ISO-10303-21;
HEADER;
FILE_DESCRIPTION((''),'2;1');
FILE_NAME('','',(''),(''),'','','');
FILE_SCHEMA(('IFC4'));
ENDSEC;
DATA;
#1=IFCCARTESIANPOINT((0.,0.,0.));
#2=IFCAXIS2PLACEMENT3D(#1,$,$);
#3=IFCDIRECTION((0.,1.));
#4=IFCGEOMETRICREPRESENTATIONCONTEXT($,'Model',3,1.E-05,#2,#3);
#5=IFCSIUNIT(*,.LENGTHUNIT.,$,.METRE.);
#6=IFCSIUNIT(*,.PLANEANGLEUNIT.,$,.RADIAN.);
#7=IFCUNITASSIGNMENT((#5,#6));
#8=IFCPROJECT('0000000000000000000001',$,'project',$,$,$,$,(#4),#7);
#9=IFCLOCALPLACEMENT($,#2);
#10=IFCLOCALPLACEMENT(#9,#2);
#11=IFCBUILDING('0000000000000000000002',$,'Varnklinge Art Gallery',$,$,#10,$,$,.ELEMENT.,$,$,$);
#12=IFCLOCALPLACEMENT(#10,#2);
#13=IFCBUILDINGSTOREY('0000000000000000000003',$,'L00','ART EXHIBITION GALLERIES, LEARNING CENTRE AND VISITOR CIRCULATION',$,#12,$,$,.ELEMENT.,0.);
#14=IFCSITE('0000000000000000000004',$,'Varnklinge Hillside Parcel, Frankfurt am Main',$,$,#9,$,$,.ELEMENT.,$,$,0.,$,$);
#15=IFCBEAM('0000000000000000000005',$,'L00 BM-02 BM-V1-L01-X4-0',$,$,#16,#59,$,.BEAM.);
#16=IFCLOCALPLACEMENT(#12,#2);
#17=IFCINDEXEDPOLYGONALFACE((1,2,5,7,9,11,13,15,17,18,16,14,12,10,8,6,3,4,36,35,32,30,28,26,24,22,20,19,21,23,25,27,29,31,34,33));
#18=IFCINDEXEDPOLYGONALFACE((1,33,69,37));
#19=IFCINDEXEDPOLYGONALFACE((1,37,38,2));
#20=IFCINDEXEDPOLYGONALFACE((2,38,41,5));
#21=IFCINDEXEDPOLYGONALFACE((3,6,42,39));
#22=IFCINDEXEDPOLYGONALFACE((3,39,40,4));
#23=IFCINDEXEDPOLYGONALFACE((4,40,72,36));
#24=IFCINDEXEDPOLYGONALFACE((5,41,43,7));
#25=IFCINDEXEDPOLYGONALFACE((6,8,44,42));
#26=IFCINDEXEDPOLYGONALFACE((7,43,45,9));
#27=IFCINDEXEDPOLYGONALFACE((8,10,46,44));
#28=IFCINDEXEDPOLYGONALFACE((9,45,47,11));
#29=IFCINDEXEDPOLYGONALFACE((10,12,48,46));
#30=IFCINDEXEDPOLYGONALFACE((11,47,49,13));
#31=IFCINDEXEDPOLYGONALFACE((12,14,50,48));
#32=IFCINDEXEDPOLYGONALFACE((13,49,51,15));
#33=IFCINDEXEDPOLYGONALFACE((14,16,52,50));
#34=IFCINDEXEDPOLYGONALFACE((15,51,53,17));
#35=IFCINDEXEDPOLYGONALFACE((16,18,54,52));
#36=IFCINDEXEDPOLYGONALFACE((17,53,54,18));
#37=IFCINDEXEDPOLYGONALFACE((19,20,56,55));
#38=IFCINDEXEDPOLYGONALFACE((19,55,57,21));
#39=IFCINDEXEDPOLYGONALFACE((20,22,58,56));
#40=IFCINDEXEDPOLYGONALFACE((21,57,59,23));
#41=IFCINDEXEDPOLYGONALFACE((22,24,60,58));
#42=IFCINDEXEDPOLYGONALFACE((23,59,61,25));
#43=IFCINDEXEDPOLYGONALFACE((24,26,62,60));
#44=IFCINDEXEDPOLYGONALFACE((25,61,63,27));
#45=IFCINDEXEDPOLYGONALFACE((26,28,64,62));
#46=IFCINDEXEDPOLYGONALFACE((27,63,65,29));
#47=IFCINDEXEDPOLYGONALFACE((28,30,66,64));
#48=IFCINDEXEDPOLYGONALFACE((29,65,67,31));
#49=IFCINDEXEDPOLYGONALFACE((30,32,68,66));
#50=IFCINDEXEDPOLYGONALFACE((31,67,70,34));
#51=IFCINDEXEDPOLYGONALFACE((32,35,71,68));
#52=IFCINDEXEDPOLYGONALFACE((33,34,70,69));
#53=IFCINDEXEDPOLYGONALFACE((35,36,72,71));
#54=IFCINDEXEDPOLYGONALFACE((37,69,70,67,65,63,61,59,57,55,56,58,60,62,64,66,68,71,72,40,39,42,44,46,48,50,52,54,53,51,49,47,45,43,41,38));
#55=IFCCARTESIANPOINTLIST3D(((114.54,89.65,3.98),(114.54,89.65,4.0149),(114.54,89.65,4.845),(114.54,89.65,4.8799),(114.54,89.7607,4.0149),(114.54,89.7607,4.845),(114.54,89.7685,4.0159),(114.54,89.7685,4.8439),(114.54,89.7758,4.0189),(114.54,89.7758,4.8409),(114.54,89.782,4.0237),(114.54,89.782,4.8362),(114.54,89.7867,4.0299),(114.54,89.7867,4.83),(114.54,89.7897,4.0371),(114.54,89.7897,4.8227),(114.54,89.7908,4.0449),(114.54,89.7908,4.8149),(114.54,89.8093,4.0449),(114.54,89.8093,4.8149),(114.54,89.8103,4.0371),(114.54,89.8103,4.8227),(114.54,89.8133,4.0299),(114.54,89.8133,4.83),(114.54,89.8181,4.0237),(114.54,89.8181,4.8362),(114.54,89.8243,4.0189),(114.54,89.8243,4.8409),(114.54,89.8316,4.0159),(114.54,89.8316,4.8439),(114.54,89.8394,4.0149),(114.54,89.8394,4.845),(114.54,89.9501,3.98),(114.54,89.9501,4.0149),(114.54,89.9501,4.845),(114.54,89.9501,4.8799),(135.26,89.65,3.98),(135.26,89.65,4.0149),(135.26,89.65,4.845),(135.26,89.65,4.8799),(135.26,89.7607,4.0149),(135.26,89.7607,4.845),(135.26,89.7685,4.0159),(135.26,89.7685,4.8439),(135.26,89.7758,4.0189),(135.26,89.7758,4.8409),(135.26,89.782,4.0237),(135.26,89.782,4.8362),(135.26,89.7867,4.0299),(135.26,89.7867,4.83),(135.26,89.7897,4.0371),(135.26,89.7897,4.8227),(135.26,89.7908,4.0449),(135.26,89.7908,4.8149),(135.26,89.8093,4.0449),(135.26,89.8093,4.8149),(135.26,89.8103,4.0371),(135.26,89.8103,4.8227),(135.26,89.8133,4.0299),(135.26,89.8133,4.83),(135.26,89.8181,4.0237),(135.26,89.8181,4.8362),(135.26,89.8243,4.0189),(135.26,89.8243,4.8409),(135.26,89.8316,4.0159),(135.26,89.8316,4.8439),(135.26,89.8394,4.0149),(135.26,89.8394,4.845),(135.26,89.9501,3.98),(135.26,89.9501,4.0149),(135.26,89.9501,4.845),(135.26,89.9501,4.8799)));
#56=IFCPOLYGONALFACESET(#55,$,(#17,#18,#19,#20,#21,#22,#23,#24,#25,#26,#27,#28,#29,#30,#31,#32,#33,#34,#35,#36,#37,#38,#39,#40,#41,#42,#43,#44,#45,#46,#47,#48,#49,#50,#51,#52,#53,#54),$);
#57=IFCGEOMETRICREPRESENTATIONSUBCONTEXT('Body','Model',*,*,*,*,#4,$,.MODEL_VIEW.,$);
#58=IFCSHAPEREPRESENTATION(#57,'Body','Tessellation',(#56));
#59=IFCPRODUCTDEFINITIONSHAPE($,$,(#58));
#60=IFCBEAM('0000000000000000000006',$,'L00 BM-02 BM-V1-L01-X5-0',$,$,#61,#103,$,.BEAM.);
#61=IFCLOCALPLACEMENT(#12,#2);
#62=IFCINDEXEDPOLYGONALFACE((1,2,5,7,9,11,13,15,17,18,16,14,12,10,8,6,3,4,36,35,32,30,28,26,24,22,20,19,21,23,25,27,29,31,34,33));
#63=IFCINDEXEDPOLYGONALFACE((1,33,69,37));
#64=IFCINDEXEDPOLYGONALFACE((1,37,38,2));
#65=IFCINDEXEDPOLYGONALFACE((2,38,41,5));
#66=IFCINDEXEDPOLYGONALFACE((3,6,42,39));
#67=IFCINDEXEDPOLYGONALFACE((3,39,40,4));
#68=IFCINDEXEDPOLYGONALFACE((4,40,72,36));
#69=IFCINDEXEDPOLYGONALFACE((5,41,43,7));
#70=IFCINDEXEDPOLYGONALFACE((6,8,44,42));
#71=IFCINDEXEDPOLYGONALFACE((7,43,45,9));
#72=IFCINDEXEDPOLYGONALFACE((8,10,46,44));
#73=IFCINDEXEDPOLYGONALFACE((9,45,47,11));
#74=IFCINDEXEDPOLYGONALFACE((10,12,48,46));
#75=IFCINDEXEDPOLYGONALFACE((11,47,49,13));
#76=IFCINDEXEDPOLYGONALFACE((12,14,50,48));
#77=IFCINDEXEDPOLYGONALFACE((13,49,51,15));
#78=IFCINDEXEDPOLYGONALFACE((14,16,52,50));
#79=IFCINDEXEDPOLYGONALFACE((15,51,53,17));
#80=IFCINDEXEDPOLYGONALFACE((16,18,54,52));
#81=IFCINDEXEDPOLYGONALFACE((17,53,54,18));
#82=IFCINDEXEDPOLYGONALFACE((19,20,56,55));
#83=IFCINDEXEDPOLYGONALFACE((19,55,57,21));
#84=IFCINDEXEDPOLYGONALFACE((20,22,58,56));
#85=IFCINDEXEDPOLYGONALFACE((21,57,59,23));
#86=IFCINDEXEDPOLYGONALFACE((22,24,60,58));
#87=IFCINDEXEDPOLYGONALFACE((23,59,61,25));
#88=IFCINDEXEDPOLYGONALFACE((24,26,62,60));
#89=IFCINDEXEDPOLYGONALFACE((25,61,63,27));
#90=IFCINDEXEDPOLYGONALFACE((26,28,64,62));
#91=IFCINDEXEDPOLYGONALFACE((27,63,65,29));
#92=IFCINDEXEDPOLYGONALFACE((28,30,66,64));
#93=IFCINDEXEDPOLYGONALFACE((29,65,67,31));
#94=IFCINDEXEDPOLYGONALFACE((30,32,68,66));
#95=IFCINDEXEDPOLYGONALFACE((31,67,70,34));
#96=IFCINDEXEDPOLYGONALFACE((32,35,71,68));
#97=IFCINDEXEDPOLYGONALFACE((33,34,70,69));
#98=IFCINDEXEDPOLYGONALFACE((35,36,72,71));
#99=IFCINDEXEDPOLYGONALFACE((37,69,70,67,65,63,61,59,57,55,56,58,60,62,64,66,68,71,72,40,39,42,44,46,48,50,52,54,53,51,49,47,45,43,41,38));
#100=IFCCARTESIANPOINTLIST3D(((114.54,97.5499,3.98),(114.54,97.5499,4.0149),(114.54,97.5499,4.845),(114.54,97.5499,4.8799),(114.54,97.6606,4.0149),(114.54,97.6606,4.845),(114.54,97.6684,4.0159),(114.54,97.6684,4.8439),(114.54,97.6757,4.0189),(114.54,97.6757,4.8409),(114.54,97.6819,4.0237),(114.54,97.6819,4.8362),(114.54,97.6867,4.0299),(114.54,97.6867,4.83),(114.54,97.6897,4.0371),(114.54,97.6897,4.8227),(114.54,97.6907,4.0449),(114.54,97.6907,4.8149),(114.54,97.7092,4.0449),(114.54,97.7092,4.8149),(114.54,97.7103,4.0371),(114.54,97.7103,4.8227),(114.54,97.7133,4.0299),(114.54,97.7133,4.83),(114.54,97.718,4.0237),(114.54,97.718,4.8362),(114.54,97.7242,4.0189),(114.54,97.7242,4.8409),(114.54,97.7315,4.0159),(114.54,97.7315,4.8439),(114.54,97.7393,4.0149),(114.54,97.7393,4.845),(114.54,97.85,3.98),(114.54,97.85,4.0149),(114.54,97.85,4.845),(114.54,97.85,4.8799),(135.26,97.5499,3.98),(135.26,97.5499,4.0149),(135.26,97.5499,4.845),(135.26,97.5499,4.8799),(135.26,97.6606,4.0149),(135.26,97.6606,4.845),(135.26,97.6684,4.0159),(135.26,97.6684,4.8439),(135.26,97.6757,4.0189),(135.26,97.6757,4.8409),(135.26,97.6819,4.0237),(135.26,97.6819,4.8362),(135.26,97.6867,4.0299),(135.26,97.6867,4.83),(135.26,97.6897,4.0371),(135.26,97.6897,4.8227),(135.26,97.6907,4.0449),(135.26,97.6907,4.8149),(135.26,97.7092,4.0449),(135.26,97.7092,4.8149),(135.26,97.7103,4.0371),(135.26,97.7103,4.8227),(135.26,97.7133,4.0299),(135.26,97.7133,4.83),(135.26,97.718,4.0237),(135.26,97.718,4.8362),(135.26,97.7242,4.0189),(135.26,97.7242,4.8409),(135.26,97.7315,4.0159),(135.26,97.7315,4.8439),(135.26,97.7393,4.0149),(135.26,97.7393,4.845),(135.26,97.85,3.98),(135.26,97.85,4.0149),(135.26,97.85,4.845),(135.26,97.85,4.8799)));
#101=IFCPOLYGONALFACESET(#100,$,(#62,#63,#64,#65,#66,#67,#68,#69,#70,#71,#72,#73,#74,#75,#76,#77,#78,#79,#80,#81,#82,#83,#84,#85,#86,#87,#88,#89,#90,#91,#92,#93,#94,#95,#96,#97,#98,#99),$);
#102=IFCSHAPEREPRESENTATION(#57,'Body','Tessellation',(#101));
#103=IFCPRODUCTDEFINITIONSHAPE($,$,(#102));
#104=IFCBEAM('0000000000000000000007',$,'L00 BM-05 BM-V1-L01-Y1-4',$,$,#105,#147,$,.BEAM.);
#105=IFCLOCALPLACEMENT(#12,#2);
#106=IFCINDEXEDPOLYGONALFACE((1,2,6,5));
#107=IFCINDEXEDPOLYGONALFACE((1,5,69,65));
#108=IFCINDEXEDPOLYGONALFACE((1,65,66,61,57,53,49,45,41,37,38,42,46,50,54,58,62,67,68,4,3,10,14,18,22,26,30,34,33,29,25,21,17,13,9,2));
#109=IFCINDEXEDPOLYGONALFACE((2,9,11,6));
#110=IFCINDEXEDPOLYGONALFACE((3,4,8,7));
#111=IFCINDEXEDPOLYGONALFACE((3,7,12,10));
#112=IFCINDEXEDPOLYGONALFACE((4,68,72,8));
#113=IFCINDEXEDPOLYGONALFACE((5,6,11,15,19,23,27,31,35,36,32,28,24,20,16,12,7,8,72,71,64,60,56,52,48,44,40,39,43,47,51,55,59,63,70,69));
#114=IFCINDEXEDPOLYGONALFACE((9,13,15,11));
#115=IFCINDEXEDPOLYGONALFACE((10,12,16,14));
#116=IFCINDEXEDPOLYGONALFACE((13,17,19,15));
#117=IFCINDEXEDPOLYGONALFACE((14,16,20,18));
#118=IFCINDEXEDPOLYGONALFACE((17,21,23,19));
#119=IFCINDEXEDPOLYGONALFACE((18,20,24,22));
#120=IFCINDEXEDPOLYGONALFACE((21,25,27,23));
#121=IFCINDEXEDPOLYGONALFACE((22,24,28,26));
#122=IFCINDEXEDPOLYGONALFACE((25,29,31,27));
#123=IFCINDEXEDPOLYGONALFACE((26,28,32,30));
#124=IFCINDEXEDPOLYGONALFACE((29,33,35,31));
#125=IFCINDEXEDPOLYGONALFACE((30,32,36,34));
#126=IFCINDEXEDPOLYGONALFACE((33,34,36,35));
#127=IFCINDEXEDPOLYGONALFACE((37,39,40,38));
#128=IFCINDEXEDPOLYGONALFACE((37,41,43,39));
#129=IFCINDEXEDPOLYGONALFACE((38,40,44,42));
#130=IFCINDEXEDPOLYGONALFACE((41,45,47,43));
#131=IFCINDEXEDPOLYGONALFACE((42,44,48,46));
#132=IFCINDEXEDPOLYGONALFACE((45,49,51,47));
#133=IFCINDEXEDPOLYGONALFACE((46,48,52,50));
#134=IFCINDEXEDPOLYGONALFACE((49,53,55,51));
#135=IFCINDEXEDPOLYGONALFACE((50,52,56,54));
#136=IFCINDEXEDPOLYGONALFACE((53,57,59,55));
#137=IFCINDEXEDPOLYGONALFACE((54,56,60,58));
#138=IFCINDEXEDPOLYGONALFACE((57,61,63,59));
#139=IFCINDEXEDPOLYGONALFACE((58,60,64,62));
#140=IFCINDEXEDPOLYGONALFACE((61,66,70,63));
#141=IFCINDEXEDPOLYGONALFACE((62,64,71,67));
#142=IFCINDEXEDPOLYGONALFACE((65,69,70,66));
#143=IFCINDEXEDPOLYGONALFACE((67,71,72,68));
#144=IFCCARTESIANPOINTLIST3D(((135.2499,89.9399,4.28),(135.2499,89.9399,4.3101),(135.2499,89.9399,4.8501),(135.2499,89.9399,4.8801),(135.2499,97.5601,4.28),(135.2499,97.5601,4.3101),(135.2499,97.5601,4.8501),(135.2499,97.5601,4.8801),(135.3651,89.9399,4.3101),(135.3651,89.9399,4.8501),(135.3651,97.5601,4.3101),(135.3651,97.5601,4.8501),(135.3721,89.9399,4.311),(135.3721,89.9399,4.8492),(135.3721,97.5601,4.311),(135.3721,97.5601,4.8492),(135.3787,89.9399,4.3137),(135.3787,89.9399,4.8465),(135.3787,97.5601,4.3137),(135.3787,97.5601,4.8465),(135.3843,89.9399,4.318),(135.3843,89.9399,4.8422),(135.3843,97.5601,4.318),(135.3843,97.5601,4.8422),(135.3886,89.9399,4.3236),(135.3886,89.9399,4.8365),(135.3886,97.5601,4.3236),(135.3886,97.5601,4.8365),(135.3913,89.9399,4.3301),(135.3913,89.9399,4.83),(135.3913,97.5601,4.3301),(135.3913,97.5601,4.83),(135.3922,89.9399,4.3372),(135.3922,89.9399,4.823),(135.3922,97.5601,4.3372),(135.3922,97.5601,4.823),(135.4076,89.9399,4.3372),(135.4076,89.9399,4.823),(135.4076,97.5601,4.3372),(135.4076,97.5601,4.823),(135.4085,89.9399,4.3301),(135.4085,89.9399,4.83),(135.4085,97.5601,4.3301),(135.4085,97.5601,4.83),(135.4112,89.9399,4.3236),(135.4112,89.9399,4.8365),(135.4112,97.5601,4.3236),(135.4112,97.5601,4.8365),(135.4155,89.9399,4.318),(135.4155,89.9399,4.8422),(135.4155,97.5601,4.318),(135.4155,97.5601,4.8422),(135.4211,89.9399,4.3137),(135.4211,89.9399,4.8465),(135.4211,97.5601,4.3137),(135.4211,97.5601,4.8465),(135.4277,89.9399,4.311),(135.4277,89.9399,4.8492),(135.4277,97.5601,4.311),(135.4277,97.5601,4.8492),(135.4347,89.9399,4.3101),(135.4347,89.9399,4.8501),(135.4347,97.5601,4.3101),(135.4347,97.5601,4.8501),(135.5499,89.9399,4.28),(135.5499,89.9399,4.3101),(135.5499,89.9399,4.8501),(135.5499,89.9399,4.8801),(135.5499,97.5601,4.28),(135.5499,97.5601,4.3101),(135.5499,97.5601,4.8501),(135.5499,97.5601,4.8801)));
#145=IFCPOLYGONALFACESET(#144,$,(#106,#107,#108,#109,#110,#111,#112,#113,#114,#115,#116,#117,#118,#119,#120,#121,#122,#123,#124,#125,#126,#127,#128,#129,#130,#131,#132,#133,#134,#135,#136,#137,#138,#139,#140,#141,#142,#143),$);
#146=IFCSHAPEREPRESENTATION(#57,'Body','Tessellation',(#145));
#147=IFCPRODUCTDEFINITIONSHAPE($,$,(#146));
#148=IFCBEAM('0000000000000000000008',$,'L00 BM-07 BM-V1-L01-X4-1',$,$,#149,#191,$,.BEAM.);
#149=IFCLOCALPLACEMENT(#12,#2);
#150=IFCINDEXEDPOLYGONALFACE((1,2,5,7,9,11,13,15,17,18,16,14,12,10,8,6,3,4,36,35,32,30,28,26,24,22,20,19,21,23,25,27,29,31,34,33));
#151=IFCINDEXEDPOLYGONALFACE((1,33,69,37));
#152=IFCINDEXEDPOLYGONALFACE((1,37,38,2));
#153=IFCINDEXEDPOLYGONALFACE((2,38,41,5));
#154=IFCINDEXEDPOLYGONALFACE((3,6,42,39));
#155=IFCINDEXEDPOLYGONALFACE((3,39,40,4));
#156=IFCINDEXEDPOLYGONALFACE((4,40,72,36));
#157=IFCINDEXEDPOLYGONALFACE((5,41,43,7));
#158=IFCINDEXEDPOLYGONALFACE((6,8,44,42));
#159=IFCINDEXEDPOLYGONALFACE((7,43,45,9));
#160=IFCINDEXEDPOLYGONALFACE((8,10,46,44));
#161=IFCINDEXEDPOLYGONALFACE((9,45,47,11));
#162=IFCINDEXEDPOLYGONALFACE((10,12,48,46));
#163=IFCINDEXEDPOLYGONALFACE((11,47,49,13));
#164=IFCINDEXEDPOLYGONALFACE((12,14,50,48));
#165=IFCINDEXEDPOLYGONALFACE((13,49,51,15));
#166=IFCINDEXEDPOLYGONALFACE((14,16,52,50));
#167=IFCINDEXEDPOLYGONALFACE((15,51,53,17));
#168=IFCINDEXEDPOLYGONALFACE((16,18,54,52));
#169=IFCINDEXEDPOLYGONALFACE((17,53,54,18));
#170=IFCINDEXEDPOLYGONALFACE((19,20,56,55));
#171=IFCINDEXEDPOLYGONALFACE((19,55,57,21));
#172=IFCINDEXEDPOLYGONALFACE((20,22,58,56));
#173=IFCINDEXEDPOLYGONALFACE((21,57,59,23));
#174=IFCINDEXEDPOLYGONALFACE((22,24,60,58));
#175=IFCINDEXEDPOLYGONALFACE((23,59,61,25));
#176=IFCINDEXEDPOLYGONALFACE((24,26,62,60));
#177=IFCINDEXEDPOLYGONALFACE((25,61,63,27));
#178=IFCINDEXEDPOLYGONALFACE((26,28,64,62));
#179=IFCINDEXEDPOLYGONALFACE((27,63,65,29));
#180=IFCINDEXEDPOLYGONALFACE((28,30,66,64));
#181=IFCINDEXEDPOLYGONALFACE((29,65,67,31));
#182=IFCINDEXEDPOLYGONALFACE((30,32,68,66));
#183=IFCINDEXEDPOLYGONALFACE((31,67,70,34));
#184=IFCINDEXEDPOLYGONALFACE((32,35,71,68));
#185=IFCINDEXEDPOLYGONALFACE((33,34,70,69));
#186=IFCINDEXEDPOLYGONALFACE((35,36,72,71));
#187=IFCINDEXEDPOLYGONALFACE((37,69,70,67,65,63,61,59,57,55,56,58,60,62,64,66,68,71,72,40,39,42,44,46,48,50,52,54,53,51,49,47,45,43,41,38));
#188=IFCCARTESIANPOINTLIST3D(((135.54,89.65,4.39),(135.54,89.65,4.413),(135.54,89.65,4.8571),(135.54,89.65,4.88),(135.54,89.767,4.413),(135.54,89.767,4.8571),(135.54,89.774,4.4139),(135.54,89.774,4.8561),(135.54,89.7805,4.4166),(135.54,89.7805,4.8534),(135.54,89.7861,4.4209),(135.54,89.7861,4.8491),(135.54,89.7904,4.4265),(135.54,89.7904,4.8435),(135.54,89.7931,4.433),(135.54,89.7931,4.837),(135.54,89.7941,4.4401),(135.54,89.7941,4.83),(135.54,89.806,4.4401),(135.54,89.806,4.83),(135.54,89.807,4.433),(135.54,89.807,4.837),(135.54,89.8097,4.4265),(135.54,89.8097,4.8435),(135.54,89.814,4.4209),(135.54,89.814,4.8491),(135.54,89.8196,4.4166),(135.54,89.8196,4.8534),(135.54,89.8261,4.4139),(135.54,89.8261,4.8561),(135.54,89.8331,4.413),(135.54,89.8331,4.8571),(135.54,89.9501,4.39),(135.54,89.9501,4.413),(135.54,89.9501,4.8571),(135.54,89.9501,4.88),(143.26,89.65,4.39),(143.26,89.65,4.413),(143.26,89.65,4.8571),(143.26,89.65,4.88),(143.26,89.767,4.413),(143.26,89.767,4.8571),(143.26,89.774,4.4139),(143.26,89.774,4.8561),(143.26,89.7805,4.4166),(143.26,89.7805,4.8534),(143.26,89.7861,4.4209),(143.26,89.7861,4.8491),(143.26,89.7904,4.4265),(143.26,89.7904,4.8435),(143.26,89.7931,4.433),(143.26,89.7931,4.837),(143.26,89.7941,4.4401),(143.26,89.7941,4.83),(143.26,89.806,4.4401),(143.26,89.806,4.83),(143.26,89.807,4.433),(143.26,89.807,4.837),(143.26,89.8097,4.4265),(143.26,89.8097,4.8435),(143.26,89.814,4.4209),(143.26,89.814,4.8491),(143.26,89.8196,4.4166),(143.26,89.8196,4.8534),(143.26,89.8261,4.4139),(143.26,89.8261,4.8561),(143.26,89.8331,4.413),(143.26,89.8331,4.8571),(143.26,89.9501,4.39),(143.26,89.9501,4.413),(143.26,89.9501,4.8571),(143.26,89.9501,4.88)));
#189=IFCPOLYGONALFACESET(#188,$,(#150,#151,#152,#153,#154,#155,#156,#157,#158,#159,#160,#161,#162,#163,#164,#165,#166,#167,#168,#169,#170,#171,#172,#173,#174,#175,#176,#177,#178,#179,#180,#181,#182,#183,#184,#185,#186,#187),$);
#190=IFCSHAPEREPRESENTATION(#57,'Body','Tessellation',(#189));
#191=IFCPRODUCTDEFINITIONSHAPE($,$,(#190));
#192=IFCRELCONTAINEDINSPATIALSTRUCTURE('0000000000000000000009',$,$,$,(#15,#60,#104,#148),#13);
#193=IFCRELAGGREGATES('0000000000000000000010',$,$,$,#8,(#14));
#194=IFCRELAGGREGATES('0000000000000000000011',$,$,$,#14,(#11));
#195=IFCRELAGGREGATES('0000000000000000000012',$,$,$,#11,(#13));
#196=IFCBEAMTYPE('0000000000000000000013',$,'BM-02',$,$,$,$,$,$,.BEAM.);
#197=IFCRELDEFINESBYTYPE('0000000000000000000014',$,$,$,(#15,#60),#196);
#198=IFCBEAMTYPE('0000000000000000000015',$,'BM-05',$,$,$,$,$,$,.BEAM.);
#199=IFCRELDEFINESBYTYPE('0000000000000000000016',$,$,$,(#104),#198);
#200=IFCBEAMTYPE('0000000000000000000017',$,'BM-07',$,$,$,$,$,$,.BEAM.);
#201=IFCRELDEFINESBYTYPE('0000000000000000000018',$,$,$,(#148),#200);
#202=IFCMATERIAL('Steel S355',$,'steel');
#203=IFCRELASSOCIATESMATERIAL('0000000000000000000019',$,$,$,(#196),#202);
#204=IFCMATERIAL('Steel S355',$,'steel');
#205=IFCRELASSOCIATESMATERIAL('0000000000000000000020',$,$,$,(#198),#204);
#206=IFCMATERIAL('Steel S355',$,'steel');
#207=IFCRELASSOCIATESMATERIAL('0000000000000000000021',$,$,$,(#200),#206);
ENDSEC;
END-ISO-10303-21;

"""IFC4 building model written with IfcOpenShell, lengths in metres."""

from ifc_helpers import new_model, si_unit, direction, frame, origin, origin_2d, place, context, subcontext, project, spatial, i_section, extrude, material, material_profile, profile_set, type_object, element, save


model = new_model("IFC4")

# Units and contexts
model_context = context("Model", 3, precision=1e-05, world=origin(), true_north=direction((0.0, 1.0)))
body_context = subcontext(model_context, "Body", "Model", "MODEL_VIEW")
ifc_project = project(units=[si_unit("LENGTHUNIT", "METRE"), si_unit("PLANEANGLEUNIT", "RADIAN")], contexts=[model_context])

# Site, building, storey
site_placement = place(None, origin())
site = spatial("IfcSite", under=ifc_project, at=site_placement, Name="Varnklinge Hillside Parcel, Frankfurt am Main", CompositionType="ELEMENT", RefElevation=0.0)
building_placement = place(site_placement, origin())
building = spatial("IfcBuilding", under=site, at=building_placement, Name="Varnklinge Art Gallery", CompositionType="ELEMENT")
storey_placement = place(building_placement, origin())
storey = spatial("IfcBuildingStorey", under=building, at=storey_placement, Name="L00", Description="ART EXHIBITION GALLERIES, LEARNING CENTRE AND VISITOR CIRCULATION", CompositionType="ELEMENT", Elevation=0.0)

# Beams
ifc_material_1 = material(Name="Steel S355", Category="steel")
ifc_material_profile_1 = material_profile(ifc_material_1, i_section(OverallWidth=0.3, OverallDepth=0.8999, WebThickness=0.0186, FlangeThickness=0.0349, FilletRadius=0.03, at=origin_2d()), Name="HEB 900")
ifc_profile_set_1 = profile_set([ifc_material_profile_1], Name="Steel S355")
beam_type_1 = type_object("IfcBeamType", Name="BM-02", PredefinedType="BEAM", material=ifc_profile_set_1)
for number, where, z_axis, x_axis, name in (
    (1, (114.54, 89.8, 4.4299), (1.0, 0.0, 0.0), (0.0, 1.0, 0.0), "L00 BM-02 BM-V1-L01-X4-0"),
    (2, (114.54, 97.7, 4.4299), (1.0, 0.0, 0.0), (0.0, 1.0, 0.0), "L00 BM-02 BM-V1-L01-X5-0"),
):
    element("IfcBeam", number, at=place(storey_placement, frame(where, z_axis=z_axis, x_axis=x_axis)), inside=storey, type_object=beam_type_1, Name=name, PredefinedType="BEAM", context=body_context, shape_type="SweptSolid", body=[
        extrude(i_section(OverallWidth=0.3, OverallDepth=0.8999, WebThickness=0.0186, FlangeThickness=0.0349, FilletRadius=0.03, at=origin_2d()), origin(), (0.0, 0.0, 1.0), 20.72),
    ])
ifc_material_2 = material(Name="Steel S355", Category="steel")
ifc_material_profile_2 = material_profile(ifc_material_2, i_section(OverallWidth=0.3, OverallDepth=0.6001, WebThickness=0.0154, FlangeThickness=0.03, FilletRadius=0.0271, at=origin_2d()), Name="HEB 600")
ifc_profile_set_2 = profile_set([ifc_material_profile_2], Name="Steel S355")
beam_type_2 = type_object("IfcBeamType", Name="BM-05", PredefinedType="BEAM", material=ifc_profile_set_2)
beam_1_placement = place(storey_placement, frame((135.3999, 89.9399, 4.5801), z_axis=(0.0, 1.0, 0.0), x_axis=(-1.0, 0.0, 0.0)))
element("IfcBeam", 3, at=beam_1_placement, inside=storey, type_object=beam_type_2, Name="L00 BM-05 BM-V1-L01-Y1-4", PredefinedType="BEAM", context=body_context, shape_type="SweptSolid", body=[
    extrude(i_section(OverallWidth=0.3, OverallDepth=0.6001, WebThickness=0.0154, FlangeThickness=0.03, FilletRadius=0.0271, at=origin_2d()), origin(), (0.0, 0.0, 1.0), 7.6201),
])
ifc_material_3 = material(Name="Steel S355", Category="steel")
ifc_material_profile_3 = material_profile(ifc_material_3, i_section(OverallWidth=0.3, OverallDepth=0.49, WebThickness=0.012, FlangeThickness=0.0229, FilletRadius=0.0271, at=origin_2d()), Name="HEA 500")
ifc_profile_set_3 = profile_set([ifc_material_profile_3], Name="Steel S355")
beam_type_3 = type_object("IfcBeamType", Name="BM-07", PredefinedType="BEAM", material=ifc_profile_set_3)
beam_2_placement = place(storey_placement, frame((135.54, 89.8, 4.635), z_axis=(1.0, 0.0, 0.0), x_axis=(0.0, 1.0, 0.0)))
element("IfcBeam", 4, at=beam_2_placement, inside=storey, type_object=beam_type_3, Name="L00 BM-07 BM-V1-L01-X4-1", PredefinedType="BEAM", context=body_context, shape_type="SweptSolid", body=[
    extrude(i_section(OverallWidth=0.3, OverallDepth=0.49, WebThickness=0.012, FlangeThickness=0.0229, FilletRadius=0.0271, at=origin_2d()), origin(), (0.0, 0.0, 1.0), 7.72),
])

save(model, "model.ifc")
